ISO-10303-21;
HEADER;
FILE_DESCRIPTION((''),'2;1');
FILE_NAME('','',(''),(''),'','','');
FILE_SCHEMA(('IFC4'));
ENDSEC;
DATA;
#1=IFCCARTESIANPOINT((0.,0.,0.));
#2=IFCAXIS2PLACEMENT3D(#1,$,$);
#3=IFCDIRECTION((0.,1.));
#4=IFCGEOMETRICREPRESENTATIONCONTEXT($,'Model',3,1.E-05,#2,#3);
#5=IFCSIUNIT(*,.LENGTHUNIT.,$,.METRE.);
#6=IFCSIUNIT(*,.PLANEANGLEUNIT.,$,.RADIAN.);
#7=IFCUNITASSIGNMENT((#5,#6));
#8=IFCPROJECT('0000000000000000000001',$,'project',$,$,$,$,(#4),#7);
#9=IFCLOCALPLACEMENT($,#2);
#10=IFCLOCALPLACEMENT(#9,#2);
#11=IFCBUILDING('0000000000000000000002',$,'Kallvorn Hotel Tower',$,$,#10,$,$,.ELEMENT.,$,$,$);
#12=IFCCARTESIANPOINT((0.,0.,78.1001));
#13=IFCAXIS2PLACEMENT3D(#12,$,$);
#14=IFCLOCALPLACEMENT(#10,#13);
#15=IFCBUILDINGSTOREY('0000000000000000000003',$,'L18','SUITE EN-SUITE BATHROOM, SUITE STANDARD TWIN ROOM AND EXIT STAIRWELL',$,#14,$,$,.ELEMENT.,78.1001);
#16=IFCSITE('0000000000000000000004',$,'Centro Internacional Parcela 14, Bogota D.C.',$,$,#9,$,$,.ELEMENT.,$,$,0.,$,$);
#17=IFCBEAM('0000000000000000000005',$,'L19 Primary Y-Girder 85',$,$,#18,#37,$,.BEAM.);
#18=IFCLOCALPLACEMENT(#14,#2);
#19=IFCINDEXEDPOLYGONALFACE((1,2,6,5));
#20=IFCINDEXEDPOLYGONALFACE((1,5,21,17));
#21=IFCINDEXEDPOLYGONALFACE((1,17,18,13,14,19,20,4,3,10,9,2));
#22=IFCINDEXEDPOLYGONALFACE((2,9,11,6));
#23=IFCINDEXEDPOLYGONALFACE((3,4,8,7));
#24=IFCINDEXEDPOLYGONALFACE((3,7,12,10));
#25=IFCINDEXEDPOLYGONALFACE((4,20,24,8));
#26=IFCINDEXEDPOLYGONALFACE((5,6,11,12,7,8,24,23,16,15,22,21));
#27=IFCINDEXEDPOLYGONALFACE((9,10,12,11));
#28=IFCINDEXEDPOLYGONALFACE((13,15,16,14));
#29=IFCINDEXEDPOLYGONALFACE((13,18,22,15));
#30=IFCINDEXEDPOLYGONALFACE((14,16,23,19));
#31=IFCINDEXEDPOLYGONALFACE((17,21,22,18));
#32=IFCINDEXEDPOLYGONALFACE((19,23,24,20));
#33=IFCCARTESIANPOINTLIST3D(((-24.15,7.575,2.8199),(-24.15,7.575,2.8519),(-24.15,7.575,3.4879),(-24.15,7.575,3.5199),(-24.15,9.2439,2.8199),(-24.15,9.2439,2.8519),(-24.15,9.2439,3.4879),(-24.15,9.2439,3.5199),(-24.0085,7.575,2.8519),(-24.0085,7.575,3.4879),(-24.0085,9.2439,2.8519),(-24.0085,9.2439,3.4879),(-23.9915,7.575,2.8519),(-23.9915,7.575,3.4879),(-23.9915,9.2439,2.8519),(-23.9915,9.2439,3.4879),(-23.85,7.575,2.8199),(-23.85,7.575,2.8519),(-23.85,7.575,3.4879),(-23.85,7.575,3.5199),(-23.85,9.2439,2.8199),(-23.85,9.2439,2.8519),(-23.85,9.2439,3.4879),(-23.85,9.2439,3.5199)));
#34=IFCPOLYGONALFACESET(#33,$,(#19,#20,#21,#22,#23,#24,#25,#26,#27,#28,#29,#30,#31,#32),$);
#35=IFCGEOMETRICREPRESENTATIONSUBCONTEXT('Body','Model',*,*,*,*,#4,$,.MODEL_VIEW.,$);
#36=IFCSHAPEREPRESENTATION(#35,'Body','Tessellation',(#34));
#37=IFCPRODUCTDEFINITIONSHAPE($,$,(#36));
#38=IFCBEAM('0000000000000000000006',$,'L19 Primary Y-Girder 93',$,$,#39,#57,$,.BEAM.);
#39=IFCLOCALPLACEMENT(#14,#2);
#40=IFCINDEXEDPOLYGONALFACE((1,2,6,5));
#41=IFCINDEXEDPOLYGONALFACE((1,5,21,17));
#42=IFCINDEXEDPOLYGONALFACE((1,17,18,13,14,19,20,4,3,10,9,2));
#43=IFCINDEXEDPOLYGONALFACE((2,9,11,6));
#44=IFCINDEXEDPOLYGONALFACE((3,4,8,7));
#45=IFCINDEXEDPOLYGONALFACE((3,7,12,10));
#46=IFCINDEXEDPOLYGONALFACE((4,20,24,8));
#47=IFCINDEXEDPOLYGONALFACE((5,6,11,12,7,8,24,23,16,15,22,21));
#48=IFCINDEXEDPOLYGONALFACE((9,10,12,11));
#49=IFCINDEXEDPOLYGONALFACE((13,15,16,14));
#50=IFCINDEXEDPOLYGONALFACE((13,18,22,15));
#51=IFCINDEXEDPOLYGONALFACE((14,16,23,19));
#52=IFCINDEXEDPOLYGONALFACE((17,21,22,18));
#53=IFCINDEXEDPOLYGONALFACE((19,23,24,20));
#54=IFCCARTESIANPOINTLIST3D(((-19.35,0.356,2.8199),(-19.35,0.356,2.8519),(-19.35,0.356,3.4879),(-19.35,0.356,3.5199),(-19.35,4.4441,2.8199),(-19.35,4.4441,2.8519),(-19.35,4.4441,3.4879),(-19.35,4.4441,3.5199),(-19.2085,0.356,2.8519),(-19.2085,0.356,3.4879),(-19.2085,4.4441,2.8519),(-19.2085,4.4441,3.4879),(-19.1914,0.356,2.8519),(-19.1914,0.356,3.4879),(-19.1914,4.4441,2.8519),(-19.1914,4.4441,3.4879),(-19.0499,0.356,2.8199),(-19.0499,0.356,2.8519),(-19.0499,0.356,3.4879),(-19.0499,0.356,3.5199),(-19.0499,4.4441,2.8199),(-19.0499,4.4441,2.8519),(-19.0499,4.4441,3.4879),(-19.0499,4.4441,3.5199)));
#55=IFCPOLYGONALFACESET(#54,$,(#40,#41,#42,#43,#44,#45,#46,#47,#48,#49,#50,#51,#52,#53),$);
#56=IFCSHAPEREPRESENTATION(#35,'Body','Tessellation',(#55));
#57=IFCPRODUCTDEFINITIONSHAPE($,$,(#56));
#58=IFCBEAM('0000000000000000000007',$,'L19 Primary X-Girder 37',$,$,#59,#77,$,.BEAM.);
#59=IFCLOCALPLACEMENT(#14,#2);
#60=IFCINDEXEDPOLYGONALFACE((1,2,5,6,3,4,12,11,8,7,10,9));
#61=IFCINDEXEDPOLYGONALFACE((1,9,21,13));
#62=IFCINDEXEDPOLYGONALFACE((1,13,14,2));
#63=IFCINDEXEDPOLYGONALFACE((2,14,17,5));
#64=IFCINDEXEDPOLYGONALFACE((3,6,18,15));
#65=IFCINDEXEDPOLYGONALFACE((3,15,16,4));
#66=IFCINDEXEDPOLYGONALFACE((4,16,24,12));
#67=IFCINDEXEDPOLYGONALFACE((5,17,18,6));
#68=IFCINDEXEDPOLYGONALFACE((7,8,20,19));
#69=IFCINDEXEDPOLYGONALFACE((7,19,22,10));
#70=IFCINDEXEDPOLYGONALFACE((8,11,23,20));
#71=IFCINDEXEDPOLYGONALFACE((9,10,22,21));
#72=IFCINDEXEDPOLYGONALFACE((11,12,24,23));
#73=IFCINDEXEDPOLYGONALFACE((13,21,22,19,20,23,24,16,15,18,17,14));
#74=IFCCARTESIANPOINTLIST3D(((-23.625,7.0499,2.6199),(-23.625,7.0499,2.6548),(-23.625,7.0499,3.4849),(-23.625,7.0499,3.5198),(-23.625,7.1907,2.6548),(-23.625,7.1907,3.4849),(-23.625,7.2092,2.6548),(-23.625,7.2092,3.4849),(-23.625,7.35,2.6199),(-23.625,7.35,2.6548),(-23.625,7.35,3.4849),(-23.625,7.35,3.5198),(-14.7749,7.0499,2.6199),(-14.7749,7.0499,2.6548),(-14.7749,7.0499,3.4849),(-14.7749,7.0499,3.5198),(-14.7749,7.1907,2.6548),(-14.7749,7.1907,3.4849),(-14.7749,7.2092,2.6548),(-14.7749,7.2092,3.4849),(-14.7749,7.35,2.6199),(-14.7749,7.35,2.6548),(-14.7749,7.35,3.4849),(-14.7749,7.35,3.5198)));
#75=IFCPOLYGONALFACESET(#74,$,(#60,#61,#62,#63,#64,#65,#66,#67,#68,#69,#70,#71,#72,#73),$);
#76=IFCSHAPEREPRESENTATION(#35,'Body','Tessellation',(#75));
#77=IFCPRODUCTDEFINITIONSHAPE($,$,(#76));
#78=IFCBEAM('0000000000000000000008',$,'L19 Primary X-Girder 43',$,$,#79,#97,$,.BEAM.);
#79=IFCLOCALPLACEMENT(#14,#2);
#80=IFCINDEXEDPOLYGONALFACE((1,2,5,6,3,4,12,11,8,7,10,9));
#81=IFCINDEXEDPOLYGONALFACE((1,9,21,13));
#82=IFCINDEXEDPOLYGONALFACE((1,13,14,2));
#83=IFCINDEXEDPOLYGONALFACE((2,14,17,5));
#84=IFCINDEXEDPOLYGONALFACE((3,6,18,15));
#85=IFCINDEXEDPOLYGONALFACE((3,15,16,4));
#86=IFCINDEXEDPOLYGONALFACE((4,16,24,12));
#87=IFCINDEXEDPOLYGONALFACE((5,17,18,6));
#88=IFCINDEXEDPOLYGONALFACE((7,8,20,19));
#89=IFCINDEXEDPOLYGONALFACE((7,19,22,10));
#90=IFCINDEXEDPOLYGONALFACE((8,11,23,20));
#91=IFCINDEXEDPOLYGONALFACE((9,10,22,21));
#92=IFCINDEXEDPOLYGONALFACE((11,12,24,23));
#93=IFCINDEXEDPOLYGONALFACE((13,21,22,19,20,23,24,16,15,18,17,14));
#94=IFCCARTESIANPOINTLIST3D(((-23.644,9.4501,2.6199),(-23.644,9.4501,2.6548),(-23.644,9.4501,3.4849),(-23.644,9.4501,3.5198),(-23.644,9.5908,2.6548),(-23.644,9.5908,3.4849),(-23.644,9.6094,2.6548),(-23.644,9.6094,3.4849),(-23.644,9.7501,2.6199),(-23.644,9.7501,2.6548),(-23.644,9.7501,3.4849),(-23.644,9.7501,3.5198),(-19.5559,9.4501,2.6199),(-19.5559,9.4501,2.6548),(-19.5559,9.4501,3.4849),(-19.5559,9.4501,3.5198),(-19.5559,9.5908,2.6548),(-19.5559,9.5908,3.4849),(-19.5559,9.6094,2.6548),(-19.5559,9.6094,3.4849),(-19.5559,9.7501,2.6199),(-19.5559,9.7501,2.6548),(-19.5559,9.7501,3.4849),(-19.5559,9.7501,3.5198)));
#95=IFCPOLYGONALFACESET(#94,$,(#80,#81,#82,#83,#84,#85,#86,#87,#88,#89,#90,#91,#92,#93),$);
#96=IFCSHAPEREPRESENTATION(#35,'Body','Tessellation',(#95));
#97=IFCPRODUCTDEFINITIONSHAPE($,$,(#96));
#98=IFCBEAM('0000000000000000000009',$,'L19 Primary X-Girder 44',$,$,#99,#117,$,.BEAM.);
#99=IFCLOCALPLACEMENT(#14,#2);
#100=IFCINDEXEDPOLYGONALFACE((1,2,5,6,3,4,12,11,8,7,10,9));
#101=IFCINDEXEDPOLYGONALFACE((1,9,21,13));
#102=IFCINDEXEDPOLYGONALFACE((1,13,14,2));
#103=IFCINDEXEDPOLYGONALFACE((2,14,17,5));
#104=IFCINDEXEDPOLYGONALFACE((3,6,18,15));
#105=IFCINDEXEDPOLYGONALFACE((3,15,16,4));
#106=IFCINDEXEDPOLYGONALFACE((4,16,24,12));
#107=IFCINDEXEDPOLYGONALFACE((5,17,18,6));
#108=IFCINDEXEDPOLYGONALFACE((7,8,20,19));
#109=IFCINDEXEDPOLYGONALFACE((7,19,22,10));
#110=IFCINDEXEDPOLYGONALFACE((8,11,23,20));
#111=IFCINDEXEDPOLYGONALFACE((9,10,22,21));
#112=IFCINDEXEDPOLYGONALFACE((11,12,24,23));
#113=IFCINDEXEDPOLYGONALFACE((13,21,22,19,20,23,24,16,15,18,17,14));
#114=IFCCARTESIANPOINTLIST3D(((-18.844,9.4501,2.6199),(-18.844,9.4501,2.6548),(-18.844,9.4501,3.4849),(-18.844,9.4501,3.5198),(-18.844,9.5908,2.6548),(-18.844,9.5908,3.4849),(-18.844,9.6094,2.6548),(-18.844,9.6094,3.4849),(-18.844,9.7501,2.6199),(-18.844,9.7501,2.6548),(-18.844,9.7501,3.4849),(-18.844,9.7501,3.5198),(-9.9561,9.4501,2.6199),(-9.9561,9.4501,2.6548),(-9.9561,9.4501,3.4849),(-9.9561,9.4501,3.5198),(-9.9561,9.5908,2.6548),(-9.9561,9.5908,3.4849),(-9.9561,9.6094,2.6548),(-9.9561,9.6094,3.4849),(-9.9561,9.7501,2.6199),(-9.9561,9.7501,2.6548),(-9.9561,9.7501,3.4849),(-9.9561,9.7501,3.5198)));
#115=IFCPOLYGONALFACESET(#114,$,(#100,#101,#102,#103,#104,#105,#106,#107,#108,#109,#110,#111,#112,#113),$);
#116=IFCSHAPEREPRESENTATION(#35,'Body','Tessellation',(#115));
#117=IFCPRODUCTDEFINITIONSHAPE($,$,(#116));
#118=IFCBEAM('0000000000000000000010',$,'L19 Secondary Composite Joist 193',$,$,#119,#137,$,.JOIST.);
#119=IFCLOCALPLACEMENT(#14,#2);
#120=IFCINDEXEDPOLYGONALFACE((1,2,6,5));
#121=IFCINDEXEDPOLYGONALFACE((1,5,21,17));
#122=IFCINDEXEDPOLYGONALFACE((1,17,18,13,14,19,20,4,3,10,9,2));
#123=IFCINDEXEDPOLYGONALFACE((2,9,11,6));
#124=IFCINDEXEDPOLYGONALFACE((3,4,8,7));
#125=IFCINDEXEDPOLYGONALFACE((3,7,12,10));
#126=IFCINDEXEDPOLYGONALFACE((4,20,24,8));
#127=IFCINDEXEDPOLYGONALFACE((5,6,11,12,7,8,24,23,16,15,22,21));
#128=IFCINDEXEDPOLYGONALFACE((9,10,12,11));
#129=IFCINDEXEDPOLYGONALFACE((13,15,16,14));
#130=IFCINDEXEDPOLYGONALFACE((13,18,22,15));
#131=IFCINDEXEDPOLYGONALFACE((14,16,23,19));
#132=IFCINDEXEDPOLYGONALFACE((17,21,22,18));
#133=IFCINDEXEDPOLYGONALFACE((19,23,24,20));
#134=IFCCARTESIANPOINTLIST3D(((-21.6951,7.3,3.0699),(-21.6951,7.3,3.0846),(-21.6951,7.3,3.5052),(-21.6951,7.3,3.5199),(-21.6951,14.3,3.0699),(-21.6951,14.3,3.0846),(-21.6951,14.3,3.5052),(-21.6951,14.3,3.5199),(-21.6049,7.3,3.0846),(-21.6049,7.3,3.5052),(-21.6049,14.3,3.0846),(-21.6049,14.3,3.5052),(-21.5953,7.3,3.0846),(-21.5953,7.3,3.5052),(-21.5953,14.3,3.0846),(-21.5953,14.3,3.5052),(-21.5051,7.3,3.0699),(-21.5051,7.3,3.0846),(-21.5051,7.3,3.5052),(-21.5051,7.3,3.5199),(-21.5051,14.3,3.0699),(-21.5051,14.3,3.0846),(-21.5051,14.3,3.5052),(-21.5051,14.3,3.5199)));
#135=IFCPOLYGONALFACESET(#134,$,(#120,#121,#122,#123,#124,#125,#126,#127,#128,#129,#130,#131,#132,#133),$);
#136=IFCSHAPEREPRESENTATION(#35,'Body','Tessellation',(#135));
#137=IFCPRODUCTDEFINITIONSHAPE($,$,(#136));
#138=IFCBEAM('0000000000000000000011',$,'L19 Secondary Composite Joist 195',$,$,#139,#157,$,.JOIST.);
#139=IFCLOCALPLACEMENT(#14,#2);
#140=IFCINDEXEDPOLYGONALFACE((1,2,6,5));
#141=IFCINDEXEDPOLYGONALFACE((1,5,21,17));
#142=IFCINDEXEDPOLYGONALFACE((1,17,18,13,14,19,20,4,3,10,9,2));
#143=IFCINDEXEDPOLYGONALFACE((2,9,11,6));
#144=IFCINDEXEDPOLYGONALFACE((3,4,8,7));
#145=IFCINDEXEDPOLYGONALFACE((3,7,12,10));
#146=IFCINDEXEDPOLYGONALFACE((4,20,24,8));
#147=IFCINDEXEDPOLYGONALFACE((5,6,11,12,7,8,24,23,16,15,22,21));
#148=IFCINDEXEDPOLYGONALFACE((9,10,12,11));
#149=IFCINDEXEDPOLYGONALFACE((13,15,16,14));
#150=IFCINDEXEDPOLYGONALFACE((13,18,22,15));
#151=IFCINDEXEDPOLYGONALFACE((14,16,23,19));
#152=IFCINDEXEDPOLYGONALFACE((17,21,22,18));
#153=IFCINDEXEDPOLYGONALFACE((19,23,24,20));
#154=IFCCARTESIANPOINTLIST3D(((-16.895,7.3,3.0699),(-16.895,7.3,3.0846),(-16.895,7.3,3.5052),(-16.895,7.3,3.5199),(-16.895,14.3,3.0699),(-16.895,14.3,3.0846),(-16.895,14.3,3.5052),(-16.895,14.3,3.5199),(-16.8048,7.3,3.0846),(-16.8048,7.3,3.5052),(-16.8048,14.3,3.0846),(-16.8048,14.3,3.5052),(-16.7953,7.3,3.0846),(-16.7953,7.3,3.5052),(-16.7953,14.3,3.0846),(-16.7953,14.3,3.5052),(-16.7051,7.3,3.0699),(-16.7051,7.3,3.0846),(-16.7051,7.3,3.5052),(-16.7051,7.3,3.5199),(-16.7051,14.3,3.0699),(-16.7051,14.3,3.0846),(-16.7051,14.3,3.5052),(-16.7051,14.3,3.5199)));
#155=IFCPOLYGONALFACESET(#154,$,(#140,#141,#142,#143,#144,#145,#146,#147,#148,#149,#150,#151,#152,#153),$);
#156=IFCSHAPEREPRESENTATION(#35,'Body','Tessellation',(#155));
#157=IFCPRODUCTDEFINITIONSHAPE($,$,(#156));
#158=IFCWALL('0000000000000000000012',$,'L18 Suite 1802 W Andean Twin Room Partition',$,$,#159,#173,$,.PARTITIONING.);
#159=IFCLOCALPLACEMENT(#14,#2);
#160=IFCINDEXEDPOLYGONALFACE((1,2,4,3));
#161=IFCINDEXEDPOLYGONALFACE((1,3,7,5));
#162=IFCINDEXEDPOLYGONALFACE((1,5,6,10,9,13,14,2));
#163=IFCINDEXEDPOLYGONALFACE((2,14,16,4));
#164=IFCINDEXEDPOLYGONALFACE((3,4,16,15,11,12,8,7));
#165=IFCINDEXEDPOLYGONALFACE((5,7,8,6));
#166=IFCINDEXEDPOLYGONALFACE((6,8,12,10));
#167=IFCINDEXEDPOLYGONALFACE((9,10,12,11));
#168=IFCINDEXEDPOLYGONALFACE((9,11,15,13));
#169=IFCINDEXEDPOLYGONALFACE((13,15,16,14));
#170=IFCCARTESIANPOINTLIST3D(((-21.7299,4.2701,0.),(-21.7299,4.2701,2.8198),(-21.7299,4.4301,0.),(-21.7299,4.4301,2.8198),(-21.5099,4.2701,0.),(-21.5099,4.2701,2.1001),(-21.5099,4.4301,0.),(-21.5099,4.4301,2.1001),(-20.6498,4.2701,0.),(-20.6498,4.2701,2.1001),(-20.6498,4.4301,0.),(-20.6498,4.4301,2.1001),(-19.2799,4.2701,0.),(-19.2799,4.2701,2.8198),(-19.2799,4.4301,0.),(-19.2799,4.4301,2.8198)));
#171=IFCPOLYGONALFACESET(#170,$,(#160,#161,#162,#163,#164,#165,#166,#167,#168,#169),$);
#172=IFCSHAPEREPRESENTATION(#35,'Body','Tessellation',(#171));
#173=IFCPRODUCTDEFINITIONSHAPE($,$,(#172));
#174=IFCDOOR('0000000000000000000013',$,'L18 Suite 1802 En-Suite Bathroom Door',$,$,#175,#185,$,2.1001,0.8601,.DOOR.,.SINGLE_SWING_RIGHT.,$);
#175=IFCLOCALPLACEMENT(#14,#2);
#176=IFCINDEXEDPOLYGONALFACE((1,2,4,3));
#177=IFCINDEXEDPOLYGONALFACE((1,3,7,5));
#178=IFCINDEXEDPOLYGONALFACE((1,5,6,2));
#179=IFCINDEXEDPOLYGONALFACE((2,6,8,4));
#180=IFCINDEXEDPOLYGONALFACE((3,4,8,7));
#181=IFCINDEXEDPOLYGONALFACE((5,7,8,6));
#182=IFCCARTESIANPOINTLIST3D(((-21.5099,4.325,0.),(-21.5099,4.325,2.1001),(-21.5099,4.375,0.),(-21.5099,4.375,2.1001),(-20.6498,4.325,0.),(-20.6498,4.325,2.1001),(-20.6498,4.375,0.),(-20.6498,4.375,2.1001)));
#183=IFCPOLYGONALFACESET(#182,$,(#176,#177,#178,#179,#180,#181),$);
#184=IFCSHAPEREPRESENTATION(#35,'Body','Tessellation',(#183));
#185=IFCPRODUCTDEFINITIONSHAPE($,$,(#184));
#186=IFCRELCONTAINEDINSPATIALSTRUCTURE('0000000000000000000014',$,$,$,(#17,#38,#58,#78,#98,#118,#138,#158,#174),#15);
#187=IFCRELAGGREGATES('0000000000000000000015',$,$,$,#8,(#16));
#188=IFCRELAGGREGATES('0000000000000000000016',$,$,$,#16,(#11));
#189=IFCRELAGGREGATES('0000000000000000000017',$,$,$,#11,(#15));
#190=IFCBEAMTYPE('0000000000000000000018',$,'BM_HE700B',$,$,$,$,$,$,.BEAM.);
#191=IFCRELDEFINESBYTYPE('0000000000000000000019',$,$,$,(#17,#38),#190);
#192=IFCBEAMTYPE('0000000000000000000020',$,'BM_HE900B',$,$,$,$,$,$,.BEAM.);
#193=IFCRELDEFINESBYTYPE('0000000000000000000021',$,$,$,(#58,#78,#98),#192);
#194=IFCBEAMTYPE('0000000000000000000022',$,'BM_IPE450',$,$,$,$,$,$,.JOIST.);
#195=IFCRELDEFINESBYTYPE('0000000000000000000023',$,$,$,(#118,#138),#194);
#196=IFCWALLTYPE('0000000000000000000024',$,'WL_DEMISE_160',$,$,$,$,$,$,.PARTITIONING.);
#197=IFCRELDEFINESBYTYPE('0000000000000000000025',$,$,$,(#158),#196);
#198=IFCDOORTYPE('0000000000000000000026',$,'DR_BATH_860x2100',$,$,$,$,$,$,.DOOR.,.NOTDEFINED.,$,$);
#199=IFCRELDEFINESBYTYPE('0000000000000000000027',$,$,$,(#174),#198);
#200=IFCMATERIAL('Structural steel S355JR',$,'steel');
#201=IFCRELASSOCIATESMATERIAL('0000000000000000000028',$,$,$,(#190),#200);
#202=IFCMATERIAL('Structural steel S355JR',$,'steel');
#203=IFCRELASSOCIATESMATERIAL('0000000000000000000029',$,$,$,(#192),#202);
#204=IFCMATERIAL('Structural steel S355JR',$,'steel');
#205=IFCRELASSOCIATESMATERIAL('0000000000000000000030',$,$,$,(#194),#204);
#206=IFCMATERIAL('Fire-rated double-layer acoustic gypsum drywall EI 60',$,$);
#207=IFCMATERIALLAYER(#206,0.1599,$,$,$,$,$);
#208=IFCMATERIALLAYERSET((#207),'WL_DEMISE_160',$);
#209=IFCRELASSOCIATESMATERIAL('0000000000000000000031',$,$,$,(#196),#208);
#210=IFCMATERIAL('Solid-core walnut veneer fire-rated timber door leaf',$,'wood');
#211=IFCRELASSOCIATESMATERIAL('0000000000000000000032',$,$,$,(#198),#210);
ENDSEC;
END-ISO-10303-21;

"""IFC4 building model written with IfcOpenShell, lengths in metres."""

from ifc_helpers import new_model, si_unit, direction, frame, frame_2d, origin, origin_2d, place, context, subcontext, project, spatial, rectangle, i_section, extrude, material, layer, layer_set, material_profile, profile_set, type_object, element, fill, save


model = new_model("IFC4")

# Units and contexts
model_context = context("Model", 3, precision=1e-05, world=origin(), true_north=direction((0.0, 1.0)))
body_context = subcontext(model_context, "Body", "Model", "MODEL_VIEW")
ifc_project = project(units=[si_unit("LENGTHUNIT", "METRE"), si_unit("PLANEANGLEUNIT", "RADIAN")], contexts=[model_context])

# Site, building, storey
site_placement = place(None, origin())
site = spatial("IfcSite", under=ifc_project, at=site_placement, Name="Centro Internacional Parcela 14, Bogota D.C.", CompositionType="ELEMENT", RefElevation=0.0)
building_placement = place(site_placement, origin())
building = spatial("IfcBuilding", under=site, at=building_placement, Name="Kallvorn Hotel Tower", CompositionType="ELEMENT")
storey_placement = place(building_placement, frame((0.0, 0.0, 78.1001)))
storey = spatial("IfcBuildingStorey", under=building, at=storey_placement, Name="L18", Description="SUITE EN-SUITE BATHROOM, SUITE STANDARD TWIN ROOM AND EXIT STAIRWELL", CompositionType="ELEMENT", Elevation=78.1001)

# Beams
ifc_material_1 = material(Name="Structural steel S355JR", Category="steel")
ifc_material_profile_1 = material_profile(ifc_material_1, i_section(OverallWidth=0.3, OverallDepth=0.7, WebThickness=0.0171, FlangeThickness=0.032, at=origin_2d()), Name="HE 700 B")
ifc_profile_set_1 = profile_set([ifc_material_profile_1], Name="Structural steel S355JR")
beam_type_1 = type_object("IfcBeamType", Name="BM_HE700B", PredefinedType="BEAM", material=ifc_profile_set_1)
beam_1_placement = place(storey_placement, frame((-24.0, 7.575, 3.1699), z_axis=(0.0, 1.0, 0.0), x_axis=(-1.0, 0.0, 0.0)))
element("IfcBeam", 1, at=beam_1_placement, inside=storey, type_object=beam_type_1, Name="L19 Primary Y-Girder 85", PredefinedType="BEAM", context=body_context, shape_type="SweptSolid", body=[
    extrude(i_section(OverallWidth=0.3, OverallDepth=0.7, WebThickness=0.0171, FlangeThickness=0.032, at=origin_2d()), origin(), (0.0, 0.0, 1.0), 1.6689),
])
beam_2_placement = place(storey_placement, frame((-19.2, 0.356, 3.1699), z_axis=(0.0, 1.0, 0.0), x_axis=(-1.0, 0.0, 0.0)))
element("IfcBeam", 2, at=beam_2_placement, inside=storey, type_object=beam_type_1, Name="L19 Primary Y-Girder 93", PredefinedType="BEAM", context=body_context, shape_type="SweptSolid", body=[
    extrude(i_section(OverallWidth=0.3, OverallDepth=0.7, WebThickness=0.0171, FlangeThickness=0.032, at=origin_2d()), origin(), (0.0, 0.0, 1.0), 4.0881),
])
ifc_material_2 = material(Name="Structural steel S355JR", Category="steel")
ifc_material_profile_2 = material_profile(ifc_material_2, i_section(OverallWidth=0.3, OverallDepth=0.8999, WebThickness=0.0186, FlangeThickness=0.0349, at=origin_2d()), Name="HE 900 B")
ifc_profile_set_2 = profile_set([ifc_material_profile_2], Name="Structural steel S355JR")
beam_type_2 = type_object("IfcBeamType", Name="BM_HE900B", PredefinedType="BEAM", material=ifc_profile_set_2)
beam_3_placement = place(storey_placement, frame((-23.625, 7.2, 3.0698), z_axis=(1.0, 0.0, 0.0), x_axis=(0.0, 1.0, 0.0)))
element("IfcBeam", 3, at=beam_3_placement, inside=storey, type_object=beam_type_2, Name="L19 Primary X-Girder 37", PredefinedType="BEAM", context=body_context, shape_type="SweptSolid", body=[
    extrude(i_section(OverallWidth=0.3, OverallDepth=0.8999, WebThickness=0.0186, FlangeThickness=0.0349, at=origin_2d()), origin(), (0.0, 0.0, 1.0), 8.8501),
])
beam_4_placement = place(storey_placement, frame((-23.644, 9.6001, 3.0698), z_axis=(1.0, 0.0, 0.0), x_axis=(0.0, 1.0, 0.0)))
element("IfcBeam", 4, at=beam_4_placement, inside=storey, type_object=beam_type_2, Name="L19 Primary X-Girder 43", PredefinedType="BEAM", context=body_context, shape_type="SweptSolid", body=[
    extrude(i_section(OverallWidth=0.3, OverallDepth=0.8999, WebThickness=0.0186, FlangeThickness=0.0349, at=origin_2d()), origin(), (0.0, 0.0, 1.0), 4.0881),
])
beam_5_placement = place(storey_placement, frame((-18.844, 9.6001, 3.0698), z_axis=(1.0, 0.0, 0.0), x_axis=(0.0, 1.0, 0.0)))
element("IfcBeam", 5, at=beam_5_placement, inside=storey, type_object=beam_type_2, Name="L19 Primary X-Girder 44", PredefinedType="BEAM", context=body_context, shape_type="SweptSolid", body=[
    extrude(i_section(OverallWidth=0.3, OverallDepth=0.8999, WebThickness=0.0186, FlangeThickness=0.0349, at=origin_2d()), origin(), (0.0, 0.0, 1.0), 8.8879),
])
ifc_material_3 = material(Name="Structural steel S355JR", Category="steel")
ifc_material_profile_3 = material_profile(ifc_material_3, i_section(OverallWidth=0.1899, OverallDepth=0.45, WebThickness=0.0095, FlangeThickness=0.0146, at=origin_2d()), Name="IPE 450")
ifc_profile_set_3 = profile_set([ifc_material_profile_3], Name="Structural steel S355JR")
beam_type_3 = type_object("IfcBeamType", Name="BM_IPE450", PredefinedType="JOIST", material=ifc_profile_set_3)
for number, where, z_axis, x_axis, name in (
    (6, (-21.6001, 7.3, 3.2949), (0.0, 1.0, 0.0), (-1.0, 0.0, 0.0), "L19 Secondary Composite Joist 193"),
    (7, (-16.8, 7.3, 3.2949), (0.0, 1.0, 0.0), (-1.0, 0.0, 0.0), "L19 Secondary Composite Joist 195"),
):
    element("IfcBeam", number, at=place(storey_placement, frame(where, z_axis=z_axis, x_axis=x_axis)), inside=storey, type_object=beam_type_3, Name=name, PredefinedType="JOIST", context=body_context, shape_type="SweptSolid", body=[
        extrude(i_section(OverallWidth=0.1899, OverallDepth=0.45, WebThickness=0.0095, FlangeThickness=0.0146, at=origin_2d()), origin(), (0.0, 0.0, 1.0), 7.0),
    ])

# Wall, opening, door
ifc_material_4 = material(Name="Fire-rated double-layer acoustic gypsum drywall EI 60")
ifc_layer_1 = layer(ifc_material_4, 0.1599)
ifc_layer_set_1 = layer_set([ifc_layer_1], Name="WL_DEMISE_160")
wall_type_1 = type_object("IfcWallType", Name="WL_DEMISE_160", PredefinedType="PARTITIONING", material=ifc_layer_set_1)
wall_1_placement = place(storey_placement, frame((-21.73, 4.3501, 0.0), z_axis=(0.0, 0.0, 1.0), x_axis=(1.0, 0.0, 0.0)))
wall_1 = element("IfcWall", 8, at=wall_1_placement, inside=storey, type_object=wall_type_1, Name="L18 Suite 1802 W Andean Twin Room Partition", PredefinedType="PARTITIONING", context=body_context, shape_type="SweptSolid", body=[
    extrude(rectangle(XDim=2.45, YDim=0.1599, at=frame_2d((1.2251, 0.0))), origin(), (0.0, 0.0, 1.0), 2.8198),
])
opening_1_placement = place(wall_1_placement, frame((0.22, 0.0, 0.0)))
opening_1 = element("IfcOpeningElement", 9, at=opening_1_placement, cuts=wall_1, PredefinedType="OPENING", context=body_context, shape_type="SweptSolid", body=[
    extrude(rectangle(XDim=0.8601, YDim=2.1001, at=frame_2d((0.4302, 1.05))), frame((0.0, 0.095, 0.0), z_axis=(0.0, -1.0, 0.0), x_axis=(1.0, 0.0, 0.0)), (0.0, 0.0, 1.0), 0.1899),
])
ifc_material_5 = material(Name="Solid-core walnut veneer fire-rated timber door leaf", Category="wood")
door_type_1 = type_object("IfcDoorType", Name="DR_BATH_860x2100", OperationType="NOTDEFINED", PredefinedType="DOOR", material=ifc_material_5)
door_1_placement = place(opening_1_placement, origin())
door_1 = element("IfcDoor", 10, at=door_1_placement, inside=storey, type_object=door_type_1, Name="L18 Suite 1802 En-Suite Bathroom Door", OperationType="SINGLE_SWING_RIGHT", OverallHeight=2.1001, OverallWidth=0.8601, PredefinedType="DOOR", context=body_context, shape_type="SweptSolid", body=[
    extrude(rectangle(XDim=0.8601, YDim=2.1001, at=frame_2d((0.4302, 1.05))), frame((0.0, 0.0249, 0.0), z_axis=(0.0, -1.0, 0.0), x_axis=(1.0, 0.0, 0.0)), (0.0, 0.0, 1.0), 0.05),
])
fill(opening_1, door_1)

save(model, "model.ifc")
